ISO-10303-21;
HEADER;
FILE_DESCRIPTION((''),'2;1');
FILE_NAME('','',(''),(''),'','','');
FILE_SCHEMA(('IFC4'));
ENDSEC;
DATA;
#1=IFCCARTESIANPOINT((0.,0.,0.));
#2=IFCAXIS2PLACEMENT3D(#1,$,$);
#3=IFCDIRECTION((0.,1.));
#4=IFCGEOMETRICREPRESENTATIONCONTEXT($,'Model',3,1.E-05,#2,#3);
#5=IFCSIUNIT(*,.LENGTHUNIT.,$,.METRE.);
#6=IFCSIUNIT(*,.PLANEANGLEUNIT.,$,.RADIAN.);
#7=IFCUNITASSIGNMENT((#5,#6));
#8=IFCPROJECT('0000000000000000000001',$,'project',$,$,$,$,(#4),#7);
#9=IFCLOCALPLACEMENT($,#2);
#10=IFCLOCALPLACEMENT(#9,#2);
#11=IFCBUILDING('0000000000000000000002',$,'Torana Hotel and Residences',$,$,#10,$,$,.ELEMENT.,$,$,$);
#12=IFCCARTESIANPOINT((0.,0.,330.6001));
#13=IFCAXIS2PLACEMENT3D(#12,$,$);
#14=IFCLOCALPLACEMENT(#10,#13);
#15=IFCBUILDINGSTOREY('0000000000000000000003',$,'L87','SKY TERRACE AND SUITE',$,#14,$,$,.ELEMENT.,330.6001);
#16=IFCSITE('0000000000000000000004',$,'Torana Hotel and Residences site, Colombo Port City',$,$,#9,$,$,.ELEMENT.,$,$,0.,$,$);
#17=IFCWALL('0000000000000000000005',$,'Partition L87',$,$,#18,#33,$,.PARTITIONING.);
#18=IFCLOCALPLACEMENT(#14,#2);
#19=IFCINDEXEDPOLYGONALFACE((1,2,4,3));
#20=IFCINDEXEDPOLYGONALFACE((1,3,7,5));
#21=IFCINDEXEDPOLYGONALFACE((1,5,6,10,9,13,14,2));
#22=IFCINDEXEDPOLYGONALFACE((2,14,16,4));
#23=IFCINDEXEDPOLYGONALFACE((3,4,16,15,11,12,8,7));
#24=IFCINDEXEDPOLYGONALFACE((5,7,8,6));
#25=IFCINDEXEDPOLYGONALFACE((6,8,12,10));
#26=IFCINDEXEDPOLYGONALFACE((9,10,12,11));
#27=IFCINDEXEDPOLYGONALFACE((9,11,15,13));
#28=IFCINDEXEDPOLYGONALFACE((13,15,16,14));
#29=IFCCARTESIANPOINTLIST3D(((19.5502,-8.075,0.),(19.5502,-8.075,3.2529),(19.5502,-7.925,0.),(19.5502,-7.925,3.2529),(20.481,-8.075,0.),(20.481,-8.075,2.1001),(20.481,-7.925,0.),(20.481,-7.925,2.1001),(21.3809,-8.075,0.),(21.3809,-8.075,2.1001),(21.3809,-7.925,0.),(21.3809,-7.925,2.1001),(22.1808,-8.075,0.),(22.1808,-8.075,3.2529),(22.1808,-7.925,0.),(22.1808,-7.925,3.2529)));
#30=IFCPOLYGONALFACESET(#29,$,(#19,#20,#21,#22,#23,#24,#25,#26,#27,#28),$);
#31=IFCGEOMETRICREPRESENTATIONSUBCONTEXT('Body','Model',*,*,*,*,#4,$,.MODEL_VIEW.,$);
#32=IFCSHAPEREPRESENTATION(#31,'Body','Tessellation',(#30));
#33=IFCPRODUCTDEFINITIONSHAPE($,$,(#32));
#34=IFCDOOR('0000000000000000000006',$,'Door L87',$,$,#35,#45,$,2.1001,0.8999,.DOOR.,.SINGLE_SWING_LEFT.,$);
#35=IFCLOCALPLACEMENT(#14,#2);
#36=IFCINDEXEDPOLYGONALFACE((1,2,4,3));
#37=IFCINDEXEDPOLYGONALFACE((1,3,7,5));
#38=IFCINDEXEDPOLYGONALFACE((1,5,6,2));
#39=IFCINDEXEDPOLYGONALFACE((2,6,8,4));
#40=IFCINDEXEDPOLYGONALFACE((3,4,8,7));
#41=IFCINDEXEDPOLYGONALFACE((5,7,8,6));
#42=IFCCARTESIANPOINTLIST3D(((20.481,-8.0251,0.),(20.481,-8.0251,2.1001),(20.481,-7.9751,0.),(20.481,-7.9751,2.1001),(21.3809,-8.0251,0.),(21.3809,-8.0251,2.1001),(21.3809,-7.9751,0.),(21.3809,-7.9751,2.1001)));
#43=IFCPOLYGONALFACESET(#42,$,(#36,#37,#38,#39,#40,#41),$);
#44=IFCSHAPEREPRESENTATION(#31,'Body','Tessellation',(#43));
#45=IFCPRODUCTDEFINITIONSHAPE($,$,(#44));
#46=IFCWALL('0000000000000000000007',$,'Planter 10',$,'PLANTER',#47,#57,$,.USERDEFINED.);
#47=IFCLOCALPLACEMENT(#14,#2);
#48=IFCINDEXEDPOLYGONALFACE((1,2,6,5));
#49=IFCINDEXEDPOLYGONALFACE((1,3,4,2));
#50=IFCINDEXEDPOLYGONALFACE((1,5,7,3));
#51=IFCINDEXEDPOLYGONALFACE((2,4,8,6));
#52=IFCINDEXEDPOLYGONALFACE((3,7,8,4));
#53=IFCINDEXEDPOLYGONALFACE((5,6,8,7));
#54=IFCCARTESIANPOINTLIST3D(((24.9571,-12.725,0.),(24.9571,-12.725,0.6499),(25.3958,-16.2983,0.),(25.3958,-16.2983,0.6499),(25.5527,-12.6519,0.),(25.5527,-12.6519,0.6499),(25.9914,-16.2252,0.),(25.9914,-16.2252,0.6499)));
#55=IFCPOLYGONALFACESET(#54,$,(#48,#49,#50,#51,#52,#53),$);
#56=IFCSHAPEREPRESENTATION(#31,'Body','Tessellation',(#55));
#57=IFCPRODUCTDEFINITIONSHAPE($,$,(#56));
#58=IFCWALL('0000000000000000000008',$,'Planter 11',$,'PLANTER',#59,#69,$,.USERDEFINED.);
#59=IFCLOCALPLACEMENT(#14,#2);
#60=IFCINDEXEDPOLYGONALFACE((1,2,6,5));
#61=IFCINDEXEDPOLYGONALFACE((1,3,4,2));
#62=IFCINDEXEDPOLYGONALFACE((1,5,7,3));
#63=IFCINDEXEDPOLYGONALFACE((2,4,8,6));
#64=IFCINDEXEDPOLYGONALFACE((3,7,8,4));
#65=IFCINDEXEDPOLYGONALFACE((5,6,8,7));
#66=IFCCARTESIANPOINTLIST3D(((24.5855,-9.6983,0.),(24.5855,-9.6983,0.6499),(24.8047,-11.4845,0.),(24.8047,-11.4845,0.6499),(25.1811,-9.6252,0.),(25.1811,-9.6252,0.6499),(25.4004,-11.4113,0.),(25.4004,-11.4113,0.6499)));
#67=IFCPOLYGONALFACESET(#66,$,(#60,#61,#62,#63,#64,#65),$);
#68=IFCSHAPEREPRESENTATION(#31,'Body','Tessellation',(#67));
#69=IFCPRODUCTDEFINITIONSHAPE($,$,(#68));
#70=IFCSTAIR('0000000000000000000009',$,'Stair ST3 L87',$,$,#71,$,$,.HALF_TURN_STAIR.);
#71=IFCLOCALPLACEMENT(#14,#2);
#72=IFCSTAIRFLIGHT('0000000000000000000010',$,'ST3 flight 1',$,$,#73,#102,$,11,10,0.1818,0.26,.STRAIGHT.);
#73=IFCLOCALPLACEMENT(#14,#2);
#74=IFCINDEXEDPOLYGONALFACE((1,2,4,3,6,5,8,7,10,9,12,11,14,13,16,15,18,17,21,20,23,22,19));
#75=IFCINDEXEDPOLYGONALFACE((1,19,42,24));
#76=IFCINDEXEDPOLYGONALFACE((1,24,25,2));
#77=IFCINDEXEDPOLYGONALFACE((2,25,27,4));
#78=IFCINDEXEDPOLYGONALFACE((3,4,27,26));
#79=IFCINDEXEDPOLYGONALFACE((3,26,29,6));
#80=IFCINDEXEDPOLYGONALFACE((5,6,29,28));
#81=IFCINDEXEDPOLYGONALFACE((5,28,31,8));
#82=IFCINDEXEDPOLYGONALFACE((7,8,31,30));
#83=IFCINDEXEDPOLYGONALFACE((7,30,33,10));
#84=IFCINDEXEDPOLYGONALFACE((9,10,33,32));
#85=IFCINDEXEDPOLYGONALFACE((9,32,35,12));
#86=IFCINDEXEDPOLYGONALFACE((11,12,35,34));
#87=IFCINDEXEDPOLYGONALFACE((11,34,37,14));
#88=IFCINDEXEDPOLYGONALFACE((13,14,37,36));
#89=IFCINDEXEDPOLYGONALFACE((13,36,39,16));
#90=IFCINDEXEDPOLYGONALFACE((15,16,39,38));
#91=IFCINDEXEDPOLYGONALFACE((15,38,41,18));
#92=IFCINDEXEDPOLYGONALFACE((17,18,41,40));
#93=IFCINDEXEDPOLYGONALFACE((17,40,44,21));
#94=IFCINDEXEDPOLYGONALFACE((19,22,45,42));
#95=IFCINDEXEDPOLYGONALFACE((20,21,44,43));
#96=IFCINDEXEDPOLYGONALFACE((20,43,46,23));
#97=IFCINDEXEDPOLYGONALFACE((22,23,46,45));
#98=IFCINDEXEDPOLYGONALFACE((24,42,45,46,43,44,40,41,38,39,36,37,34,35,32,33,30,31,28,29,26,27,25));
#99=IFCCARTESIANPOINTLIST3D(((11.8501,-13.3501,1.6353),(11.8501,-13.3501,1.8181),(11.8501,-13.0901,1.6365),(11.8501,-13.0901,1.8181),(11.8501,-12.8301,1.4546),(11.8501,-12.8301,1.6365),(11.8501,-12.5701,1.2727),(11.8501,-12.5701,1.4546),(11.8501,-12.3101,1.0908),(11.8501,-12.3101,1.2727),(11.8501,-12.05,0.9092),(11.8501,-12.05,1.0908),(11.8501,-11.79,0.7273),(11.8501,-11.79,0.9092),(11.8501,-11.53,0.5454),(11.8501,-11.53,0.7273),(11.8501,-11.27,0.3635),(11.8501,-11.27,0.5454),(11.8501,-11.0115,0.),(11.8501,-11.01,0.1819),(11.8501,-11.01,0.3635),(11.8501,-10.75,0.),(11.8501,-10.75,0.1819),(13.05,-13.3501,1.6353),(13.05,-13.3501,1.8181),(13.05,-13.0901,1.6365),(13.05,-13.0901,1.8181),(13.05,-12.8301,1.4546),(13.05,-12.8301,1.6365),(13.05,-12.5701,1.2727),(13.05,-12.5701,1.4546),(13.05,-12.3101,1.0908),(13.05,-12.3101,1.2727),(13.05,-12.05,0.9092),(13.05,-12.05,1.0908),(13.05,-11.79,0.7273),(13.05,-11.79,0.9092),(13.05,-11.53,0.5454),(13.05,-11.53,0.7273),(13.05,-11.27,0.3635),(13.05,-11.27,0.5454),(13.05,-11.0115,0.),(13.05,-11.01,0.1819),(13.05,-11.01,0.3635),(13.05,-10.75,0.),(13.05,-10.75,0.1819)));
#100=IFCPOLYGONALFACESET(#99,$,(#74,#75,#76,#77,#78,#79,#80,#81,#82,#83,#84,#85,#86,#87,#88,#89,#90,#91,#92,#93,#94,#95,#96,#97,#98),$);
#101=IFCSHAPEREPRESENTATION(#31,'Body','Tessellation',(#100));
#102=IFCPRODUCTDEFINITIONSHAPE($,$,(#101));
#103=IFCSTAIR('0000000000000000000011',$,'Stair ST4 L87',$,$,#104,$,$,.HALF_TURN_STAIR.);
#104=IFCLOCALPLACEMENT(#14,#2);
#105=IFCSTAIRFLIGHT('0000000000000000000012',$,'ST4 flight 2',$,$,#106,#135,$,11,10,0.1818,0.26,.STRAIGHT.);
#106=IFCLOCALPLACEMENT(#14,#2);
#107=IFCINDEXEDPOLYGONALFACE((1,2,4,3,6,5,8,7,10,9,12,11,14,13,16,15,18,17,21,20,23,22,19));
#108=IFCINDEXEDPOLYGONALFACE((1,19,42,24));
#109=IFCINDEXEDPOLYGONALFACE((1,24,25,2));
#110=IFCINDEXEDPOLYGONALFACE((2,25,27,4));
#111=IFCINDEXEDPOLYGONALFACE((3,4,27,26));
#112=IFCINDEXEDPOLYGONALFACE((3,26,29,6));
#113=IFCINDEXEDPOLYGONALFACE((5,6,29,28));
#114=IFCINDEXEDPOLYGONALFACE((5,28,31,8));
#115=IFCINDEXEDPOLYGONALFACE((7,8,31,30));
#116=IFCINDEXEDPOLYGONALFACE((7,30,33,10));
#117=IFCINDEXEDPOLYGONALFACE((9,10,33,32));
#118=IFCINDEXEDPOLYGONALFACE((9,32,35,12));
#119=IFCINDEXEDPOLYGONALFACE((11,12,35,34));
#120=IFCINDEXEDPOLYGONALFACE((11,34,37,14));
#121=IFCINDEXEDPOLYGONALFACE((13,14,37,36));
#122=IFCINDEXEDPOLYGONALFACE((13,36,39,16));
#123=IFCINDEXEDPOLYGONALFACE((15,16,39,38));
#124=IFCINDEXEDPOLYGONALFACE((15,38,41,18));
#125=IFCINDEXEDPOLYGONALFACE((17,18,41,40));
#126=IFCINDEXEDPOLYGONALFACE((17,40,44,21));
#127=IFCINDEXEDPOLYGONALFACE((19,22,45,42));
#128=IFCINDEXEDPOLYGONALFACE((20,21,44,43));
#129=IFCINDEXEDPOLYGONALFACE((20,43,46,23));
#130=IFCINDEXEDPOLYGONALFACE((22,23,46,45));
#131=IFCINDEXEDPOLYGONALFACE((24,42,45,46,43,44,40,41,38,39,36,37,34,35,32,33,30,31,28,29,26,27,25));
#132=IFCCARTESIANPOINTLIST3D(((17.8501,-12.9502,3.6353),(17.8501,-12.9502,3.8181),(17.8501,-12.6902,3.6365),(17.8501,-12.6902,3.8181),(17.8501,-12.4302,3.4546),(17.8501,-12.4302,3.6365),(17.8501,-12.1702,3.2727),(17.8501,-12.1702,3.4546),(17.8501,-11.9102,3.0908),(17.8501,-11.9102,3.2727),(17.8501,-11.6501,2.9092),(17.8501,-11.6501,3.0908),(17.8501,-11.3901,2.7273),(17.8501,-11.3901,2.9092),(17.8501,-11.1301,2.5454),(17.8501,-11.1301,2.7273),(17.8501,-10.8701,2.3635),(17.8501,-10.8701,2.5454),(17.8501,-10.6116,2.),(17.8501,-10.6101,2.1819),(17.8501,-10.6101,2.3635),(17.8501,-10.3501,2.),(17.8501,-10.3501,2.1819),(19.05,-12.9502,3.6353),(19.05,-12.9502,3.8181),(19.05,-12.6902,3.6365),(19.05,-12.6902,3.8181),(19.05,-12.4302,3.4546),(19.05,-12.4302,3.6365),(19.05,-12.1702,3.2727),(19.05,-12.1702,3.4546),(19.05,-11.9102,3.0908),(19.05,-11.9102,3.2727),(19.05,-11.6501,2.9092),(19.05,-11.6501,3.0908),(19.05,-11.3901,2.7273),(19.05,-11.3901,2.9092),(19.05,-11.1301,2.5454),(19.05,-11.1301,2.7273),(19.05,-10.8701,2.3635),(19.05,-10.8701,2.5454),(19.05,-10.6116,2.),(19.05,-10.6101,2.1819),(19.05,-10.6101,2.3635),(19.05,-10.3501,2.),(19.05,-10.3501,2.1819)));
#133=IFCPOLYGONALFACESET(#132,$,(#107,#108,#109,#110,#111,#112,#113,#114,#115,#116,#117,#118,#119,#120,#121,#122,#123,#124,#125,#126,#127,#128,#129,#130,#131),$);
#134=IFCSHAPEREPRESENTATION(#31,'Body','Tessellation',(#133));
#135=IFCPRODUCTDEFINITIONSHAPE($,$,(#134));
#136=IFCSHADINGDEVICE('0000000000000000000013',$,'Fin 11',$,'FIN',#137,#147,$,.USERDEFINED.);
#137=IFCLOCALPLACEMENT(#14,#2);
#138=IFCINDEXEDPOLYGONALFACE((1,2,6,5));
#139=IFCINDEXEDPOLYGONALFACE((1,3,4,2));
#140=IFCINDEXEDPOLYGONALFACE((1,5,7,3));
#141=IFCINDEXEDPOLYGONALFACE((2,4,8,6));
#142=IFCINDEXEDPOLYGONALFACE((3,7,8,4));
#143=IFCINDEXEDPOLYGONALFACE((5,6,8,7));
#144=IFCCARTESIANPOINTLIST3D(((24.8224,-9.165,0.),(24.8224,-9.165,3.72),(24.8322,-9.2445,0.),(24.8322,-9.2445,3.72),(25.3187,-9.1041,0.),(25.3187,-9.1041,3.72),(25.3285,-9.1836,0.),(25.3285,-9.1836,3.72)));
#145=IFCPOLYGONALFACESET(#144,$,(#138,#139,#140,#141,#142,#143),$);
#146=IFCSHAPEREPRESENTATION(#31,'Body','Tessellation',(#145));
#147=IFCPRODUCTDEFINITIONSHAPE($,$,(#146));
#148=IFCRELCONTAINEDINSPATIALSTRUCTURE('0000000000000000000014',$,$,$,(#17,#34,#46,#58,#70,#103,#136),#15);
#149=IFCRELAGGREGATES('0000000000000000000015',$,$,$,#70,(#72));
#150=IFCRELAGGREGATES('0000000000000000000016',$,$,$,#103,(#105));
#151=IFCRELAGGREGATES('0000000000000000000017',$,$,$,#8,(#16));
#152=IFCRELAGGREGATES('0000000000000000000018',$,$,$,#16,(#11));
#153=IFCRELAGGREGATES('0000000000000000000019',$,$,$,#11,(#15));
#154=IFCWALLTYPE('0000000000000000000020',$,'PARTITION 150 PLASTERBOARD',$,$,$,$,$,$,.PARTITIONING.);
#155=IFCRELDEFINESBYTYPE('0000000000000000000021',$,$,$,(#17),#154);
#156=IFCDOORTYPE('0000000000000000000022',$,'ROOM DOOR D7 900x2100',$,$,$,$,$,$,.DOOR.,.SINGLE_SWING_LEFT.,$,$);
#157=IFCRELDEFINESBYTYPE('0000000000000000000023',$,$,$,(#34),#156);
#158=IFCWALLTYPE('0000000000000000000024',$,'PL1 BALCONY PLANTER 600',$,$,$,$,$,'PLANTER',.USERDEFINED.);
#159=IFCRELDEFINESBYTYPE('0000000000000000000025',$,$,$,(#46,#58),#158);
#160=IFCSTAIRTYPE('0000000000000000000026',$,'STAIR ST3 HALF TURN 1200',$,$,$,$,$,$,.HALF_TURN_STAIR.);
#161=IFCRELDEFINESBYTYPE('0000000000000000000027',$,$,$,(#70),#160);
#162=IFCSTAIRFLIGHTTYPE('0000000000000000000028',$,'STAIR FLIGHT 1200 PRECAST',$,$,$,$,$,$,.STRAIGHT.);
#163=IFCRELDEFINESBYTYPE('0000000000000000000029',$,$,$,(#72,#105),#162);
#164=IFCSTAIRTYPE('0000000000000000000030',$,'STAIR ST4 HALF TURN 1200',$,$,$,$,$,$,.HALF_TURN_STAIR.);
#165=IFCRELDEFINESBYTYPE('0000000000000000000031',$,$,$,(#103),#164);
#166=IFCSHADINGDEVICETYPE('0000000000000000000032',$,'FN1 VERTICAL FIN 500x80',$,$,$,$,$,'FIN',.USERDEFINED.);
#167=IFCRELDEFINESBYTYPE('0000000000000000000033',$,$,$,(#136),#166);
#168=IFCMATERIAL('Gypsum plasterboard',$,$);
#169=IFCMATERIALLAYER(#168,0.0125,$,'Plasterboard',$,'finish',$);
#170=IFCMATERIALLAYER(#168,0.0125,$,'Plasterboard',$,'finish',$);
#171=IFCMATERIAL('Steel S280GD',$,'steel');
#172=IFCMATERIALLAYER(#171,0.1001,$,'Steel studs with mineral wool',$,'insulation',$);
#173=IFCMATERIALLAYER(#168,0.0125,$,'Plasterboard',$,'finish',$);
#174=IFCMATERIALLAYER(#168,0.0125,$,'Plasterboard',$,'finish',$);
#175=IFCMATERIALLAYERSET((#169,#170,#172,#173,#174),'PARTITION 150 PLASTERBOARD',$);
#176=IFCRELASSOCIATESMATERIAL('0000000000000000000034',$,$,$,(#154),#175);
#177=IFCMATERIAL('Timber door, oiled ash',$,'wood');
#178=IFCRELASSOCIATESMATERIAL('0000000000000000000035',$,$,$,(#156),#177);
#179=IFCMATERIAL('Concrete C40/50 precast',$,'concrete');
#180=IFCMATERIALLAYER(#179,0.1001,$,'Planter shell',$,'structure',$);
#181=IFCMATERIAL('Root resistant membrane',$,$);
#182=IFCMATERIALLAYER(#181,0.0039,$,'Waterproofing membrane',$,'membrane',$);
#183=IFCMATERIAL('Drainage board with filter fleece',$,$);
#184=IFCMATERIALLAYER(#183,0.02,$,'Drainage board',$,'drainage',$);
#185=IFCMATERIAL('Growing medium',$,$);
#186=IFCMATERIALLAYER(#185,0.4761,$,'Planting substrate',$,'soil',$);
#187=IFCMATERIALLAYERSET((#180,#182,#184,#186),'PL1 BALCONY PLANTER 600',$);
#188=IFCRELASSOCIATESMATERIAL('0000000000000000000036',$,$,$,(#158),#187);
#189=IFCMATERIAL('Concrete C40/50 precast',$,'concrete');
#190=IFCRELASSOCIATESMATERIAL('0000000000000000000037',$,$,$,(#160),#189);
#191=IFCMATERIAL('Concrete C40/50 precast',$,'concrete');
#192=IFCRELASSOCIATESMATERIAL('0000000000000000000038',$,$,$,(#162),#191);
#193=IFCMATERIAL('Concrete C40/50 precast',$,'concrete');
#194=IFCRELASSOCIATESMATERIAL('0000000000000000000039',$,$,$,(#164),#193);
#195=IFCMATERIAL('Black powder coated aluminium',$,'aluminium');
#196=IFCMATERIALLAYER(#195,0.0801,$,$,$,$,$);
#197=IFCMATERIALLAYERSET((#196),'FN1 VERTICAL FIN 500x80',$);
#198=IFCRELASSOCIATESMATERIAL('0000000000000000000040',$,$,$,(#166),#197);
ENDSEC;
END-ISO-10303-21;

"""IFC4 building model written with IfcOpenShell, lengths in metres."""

from ifc_helpers import new_model, si_unit, direction, frame, frame_2d, origin, origin_2d, place, context, subcontext, project, spatial, polyline, rectangle, outline, extrude, material, layer, layer_set, type_object, element, fill, aggregate, save


model = new_model("IFC4")

# Units and contexts
model_context = context("Model", 3, precision=1e-05, world=origin(), true_north=direction((0.0, 1.0)))
body_context = subcontext(model_context, "Body", "Model", "MODEL_VIEW")
ifc_project = project(units=[si_unit("LENGTHUNIT", "METRE"), si_unit("PLANEANGLEUNIT", "RADIAN")], contexts=[model_context])

# Site, building, storey
site_placement = place(None, origin())
site = spatial("IfcSite", under=ifc_project, at=site_placement, Name="Torana Hotel and Residences site, Colombo Port City", CompositionType="ELEMENT", RefElevation=0.0)
building_placement = place(site_placement, origin())
building = spatial("IfcBuilding", under=site, at=building_placement, Name="Torana Hotel and Residences", CompositionType="ELEMENT")
storey_placement = place(building_placement, frame((0.0, 0.0, 330.6001)))
storey = spatial("IfcBuildingStorey", under=building, at=storey_placement, Name="L87", Description="SKY TERRACE AND SUITE", CompositionType="ELEMENT", Elevation=330.6001)

# Wall, opening, door
ifc_material_1 = material(Name="Gypsum plasterboard")
ifc_layer_1 = layer(ifc_material_1, 0.0125, Name="Plasterboard", Category="finish")
ifc_layer_2 = layer(ifc_material_1, 0.0125, Name="Plasterboard", Category="finish")
ifc_material_2 = material(Name="Steel S280GD", Category="steel")
ifc_layer_3 = layer(ifc_material_2, 0.1001, Name="Steel studs with mineral wool", Category="insulation")
ifc_layer_4 = layer(ifc_material_1, 0.0125, Name="Plasterboard", Category="finish")
ifc_layer_5 = layer(ifc_material_1, 0.0125, Name="Plasterboard", Category="finish")
ifc_layer_set_1 = layer_set([ifc_layer_1, ifc_layer_2, ifc_layer_3, ifc_layer_4, ifc_layer_5], Name="PARTITION 150 PLASTERBOARD")
wall_type_1 = type_object("IfcWallType", Name="PARTITION 150 PLASTERBOARD", PredefinedType="PARTITIONING", material=ifc_layer_set_1)
wall_1_placement = place(storey_placement, frame((19.55, -8.0, 0.0), z_axis=(0.0, 0.0, 1.0), x_axis=(1.0, 0.0, 0.0)))
wall_1 = element("IfcWall", 1, at=wall_1_placement, inside=storey, type_object=wall_type_1, Name="Partition L87", PredefinedType="PARTITIONING", context=body_context, shape_type="SweptSolid", body=[
    extrude(rectangle(XDim=2.6306, YDim=0.1499, at=frame_2d((1.3154, 0.0))), origin(), (0.0, 0.0, 1.0), 3.2529),
])
opening_placement = place(wall_1_placement, frame((0.9309, 0.0, 0.0)))
opening = element("IfcOpeningElement", 2, at=opening_placement, cuts=wall_1, PredefinedType="OPENING", context=body_context, shape_type="SweptSolid", body=[
    extrude(rectangle(XDim=0.8999, YDim=2.1001, at=frame_2d((0.45, 1.05))), frame((0.0, 0.085, 0.0), z_axis=(0.0, -1.0, 0.0), x_axis=(1.0, 0.0, 0.0)), (0.0, 0.0, 1.0), 0.1699),
])
ifc_material_3 = material(Name="Timber door, oiled ash", Category="wood")
door_type = type_object("IfcDoorType", Name="ROOM DOOR D7 900x2100", OperationType="SINGLE_SWING_LEFT", PredefinedType="DOOR", material=ifc_material_3)
door_placement = place(opening_placement, origin())
door = element("IfcDoor", 3, at=door_placement, inside=storey, type_object=door_type, Name="Door L87", OperationType="SINGLE_SWING_LEFT", OverallHeight=2.1001, OverallWidth=0.8999, PredefinedType="DOOR", context=body_context, shape_type="SweptSolid", body=[
    extrude(rectangle(XDim=0.8999, YDim=2.1001, at=frame_2d((0.45, 1.05))), frame((0.0, 0.0249, 0.0), z_axis=(0.0, -1.0, 0.0), x_axis=(1.0, 0.0, 0.0)), (0.0, 0.0, 1.0), 0.05),
])
fill(opening, door)

# Walls
ifc_material_4 = material(Name="Concrete C40/50 precast", Category="concrete")
ifc_layer_6 = layer(ifc_material_4, 0.1001, Name="Planter shell", Category="structure")
ifc_material_5 = material(Name="Root resistant membrane")
ifc_layer_7 = layer(ifc_material_5, 0.0039, Name="Waterproofing membrane", Category="membrane")
ifc_material_6 = material(Name="Drainage board with filter fleece")
ifc_layer_8 = layer(ifc_material_6, 0.02, Name="Drainage board", Category="drainage")
ifc_material_7 = material(Name="Growing medium")
ifc_layer_9 = layer(ifc_material_7, 0.4761, Name="Planting substrate", Category="soil")
ifc_layer_set_2 = layer_set([ifc_layer_6, ifc_layer_7, ifc_layer_8, ifc_layer_9], Name="PL1 BALCONY PLANTER 600")
wall_type_2 = type_object("IfcWallType", Name="PL1 BALCONY PLANTER 600", ElementType="PLANTER", PredefinedType="USERDEFINED", material=ifc_layer_set_2)
wall_2_placement = place(storey_placement, frame((25.2549, -12.6885, 0.0), z_axis=(0.0, 0.0, 1.0), x_axis=(0.121864, -0.992547, 0.0)))
element("IfcWall", 4, at=wall_2_placement, inside=storey, type_object=wall_type_2, Name="Planter 10", ObjectType="PLANTER", PredefinedType="USERDEFINED", context=body_context, shape_type="SweptSolid", body=[
    extrude(rectangle(XDim=3.6001, YDim=0.6001, at=frame_2d((1.8, 0.0))), origin(), (0.0, 0.0, 1.0), 0.6499),
])
wall_3_placement = place(storey_placement, frame((24.8833, -9.6616, 0.0), z_axis=(0.0, 0.0, 1.0), x_axis=(0.12183, -0.992551, 0.0)))
element("IfcWall", 5, at=wall_3_placement, inside=storey, type_object=wall_type_2, Name="Planter 11", ObjectType="PLANTER", PredefinedType="USERDEFINED", context=body_context, shape_type="SweptSolid", body=[
    extrude(rectangle(XDim=1.7996, YDim=0.6001, at=frame_2d((0.8999, 0.0))), origin(), (0.0, 0.0, 1.0), 0.6499),
])

# Stairs, stair flights
ifc_material_8 = material(Name="Concrete C40/50 precast", Category="concrete")
stair_type_1 = type_object("IfcStairType", Name="STAIR ST3 HALF TURN 1200", PredefinedType="HALF_TURN_STAIR", material=ifc_material_8)
stair_1_placement = place(storey_placement, origin())
stair_1 = element("IfcStair", 6, at=stair_1_placement, inside=storey, type_object=stair_type_1, Name="Stair ST3 L87", PredefinedType="HALF_TURN_STAIR")
ifc_material_9 = material(Name="Concrete C40/50 precast", Category="concrete")
stair_flight_type = type_object("IfcStairFlightType", Name="STAIR FLIGHT 1200 PRECAST", PredefinedType="STRAIGHT", material=ifc_material_9)
stair_flight_1_placement = place(storey_placement, frame((12.45, -10.75, 0.0), z_axis=(0.0, 0.0, 1.0), x_axis=(0.0, -1.0, 0.0)))
stair_flight_1 = element("IfcStairFlight", 7, at=stair_flight_1_placement, type_object=stair_flight_type, Name="ST3 flight 1", NumberOfRisers=11, NumberOfTreads=10, PredefinedType="STRAIGHT", RiserHeight=0.1818, TreadLength=0.26, context=body_context, shape_type="SweptSolid", body=[
    extrude(outline(polyline([(0.0, 0.0), (0.0, 0.1819), (0.26, 0.1819), (0.26, 0.3635), (0.52, 0.3635), (0.52, 0.5454), (0.78, 0.5454), (0.78, 0.7273), (1.04, 0.7273), (1.04, 0.9092), (1.3, 0.9092), (1.3, 1.0908), (1.5601, 1.0908), (1.5601, 1.2727), (1.8201, 1.2727), (1.8201, 1.4546), (2.0801, 1.4546), (2.0801, 1.6365), (2.3401, 1.6365), (2.3401, 1.8181), (2.6001, 1.8181), (2.6001, 2.0), (2.6001, 1.6353), (0.2615, 0.0), (0.0, 0.0)])), frame((0.0, 0.6001, 0.0), z_axis=(0.0, -1.0, 0.0), x_axis=(1.0, 0.0, 0.0)), (0.0, 0.0, 1.0), 1.2),
])
aggregate(stair_1, [stair_flight_1])
ifc_material_10 = material(Name="Concrete C40/50 precast", Category="concrete")
stair_type_2 = type_object("IfcStairType", Name="STAIR ST4 HALF TURN 1200", PredefinedType="HALF_TURN_STAIR", material=ifc_material_10)
stair_2_placement = place(storey_placement, origin())
stair_2 = element("IfcStair", 8, at=stair_2_placement, inside=storey, type_object=stair_type_2, Name="Stair ST4 L87", PredefinedType="HALF_TURN_STAIR")
stair_flight_2_placement = place(storey_placement, frame((18.45, -10.3501, 2.0), z_axis=(0.0, 0.0, 1.0), x_axis=(0.0, -1.0, 0.0)))
stair_flight_2 = element("IfcStairFlight", 9, at=stair_flight_2_placement, type_object=stair_flight_type, Name="ST4 flight 2", NumberOfRisers=11, NumberOfTreads=10, PredefinedType="STRAIGHT", RiserHeight=0.1818, TreadLength=0.26, context=body_context, shape_type="SweptSolid", body=[
    extrude(outline(polyline([(0.0, 0.0), (0.0, 0.1819), (0.26, 0.1819), (0.26, 0.3635), (0.52, 0.3635), (0.52, 0.5454), (0.78, 0.5454), (0.78, 0.7273), (1.04, 0.7273), (1.04, 0.9092), (1.3, 0.9092), (1.3, 1.0908), (1.5601, 1.0908), (1.5601, 1.2727), (1.8201, 1.2727), (1.8201, 1.4546), (2.0801, 1.4546), (2.0801, 1.6365), (2.3401, 1.6365), (2.3401, 1.8181), (2.6001, 1.8181), (2.6001, 2.0), (2.6001, 1.6353), (0.2615, 0.0), (0.0, 0.0)])), frame((0.0, 0.6001, 0.0), z_axis=(0.0, -1.0, 0.0), x_axis=(1.0, 0.0, 0.0)), (0.0, 0.0, 1.0), 1.2),
])
aggregate(stair_2, [stair_flight_2])

# Shading device
ifc_material_11 = material(Name="Black powder coated aluminium", Category="aluminium")
ifc_layer_10 = layer(ifc_material_11, 0.0801)
ifc_layer_set_3 = layer_set([ifc_layer_10], Name="FN1 VERTICAL FIN 500x80")
shading_device_type = type_object("IfcShadingDeviceType", Name="FN1 VERTICAL FIN 500x80", ElementType="FIN", PredefinedType="USERDEFINED", material=ifc_layer_set_3)
shading_device_placement = place(storey_placement, frame((25.0754, -9.1743, 0.0), z_axis=(0.0, 0.0, 1.0), x_axis=(0.121868, -0.992546, 0.0)))
element("IfcShadingDevice", 10, at=shading_device_placement, inside=storey, type_object=shading_device_type, Name="Fin 11", ObjectType="FIN", PredefinedType="USERDEFINED", context=body_context, shape_type="SweptSolid", body=[
    extrude(rectangle(XDim=0.0801, YDim=0.5, at=origin_2d()), origin(), (0.0, 0.0, 1.0), 3.72),
])

save(model, "model.ifc")
